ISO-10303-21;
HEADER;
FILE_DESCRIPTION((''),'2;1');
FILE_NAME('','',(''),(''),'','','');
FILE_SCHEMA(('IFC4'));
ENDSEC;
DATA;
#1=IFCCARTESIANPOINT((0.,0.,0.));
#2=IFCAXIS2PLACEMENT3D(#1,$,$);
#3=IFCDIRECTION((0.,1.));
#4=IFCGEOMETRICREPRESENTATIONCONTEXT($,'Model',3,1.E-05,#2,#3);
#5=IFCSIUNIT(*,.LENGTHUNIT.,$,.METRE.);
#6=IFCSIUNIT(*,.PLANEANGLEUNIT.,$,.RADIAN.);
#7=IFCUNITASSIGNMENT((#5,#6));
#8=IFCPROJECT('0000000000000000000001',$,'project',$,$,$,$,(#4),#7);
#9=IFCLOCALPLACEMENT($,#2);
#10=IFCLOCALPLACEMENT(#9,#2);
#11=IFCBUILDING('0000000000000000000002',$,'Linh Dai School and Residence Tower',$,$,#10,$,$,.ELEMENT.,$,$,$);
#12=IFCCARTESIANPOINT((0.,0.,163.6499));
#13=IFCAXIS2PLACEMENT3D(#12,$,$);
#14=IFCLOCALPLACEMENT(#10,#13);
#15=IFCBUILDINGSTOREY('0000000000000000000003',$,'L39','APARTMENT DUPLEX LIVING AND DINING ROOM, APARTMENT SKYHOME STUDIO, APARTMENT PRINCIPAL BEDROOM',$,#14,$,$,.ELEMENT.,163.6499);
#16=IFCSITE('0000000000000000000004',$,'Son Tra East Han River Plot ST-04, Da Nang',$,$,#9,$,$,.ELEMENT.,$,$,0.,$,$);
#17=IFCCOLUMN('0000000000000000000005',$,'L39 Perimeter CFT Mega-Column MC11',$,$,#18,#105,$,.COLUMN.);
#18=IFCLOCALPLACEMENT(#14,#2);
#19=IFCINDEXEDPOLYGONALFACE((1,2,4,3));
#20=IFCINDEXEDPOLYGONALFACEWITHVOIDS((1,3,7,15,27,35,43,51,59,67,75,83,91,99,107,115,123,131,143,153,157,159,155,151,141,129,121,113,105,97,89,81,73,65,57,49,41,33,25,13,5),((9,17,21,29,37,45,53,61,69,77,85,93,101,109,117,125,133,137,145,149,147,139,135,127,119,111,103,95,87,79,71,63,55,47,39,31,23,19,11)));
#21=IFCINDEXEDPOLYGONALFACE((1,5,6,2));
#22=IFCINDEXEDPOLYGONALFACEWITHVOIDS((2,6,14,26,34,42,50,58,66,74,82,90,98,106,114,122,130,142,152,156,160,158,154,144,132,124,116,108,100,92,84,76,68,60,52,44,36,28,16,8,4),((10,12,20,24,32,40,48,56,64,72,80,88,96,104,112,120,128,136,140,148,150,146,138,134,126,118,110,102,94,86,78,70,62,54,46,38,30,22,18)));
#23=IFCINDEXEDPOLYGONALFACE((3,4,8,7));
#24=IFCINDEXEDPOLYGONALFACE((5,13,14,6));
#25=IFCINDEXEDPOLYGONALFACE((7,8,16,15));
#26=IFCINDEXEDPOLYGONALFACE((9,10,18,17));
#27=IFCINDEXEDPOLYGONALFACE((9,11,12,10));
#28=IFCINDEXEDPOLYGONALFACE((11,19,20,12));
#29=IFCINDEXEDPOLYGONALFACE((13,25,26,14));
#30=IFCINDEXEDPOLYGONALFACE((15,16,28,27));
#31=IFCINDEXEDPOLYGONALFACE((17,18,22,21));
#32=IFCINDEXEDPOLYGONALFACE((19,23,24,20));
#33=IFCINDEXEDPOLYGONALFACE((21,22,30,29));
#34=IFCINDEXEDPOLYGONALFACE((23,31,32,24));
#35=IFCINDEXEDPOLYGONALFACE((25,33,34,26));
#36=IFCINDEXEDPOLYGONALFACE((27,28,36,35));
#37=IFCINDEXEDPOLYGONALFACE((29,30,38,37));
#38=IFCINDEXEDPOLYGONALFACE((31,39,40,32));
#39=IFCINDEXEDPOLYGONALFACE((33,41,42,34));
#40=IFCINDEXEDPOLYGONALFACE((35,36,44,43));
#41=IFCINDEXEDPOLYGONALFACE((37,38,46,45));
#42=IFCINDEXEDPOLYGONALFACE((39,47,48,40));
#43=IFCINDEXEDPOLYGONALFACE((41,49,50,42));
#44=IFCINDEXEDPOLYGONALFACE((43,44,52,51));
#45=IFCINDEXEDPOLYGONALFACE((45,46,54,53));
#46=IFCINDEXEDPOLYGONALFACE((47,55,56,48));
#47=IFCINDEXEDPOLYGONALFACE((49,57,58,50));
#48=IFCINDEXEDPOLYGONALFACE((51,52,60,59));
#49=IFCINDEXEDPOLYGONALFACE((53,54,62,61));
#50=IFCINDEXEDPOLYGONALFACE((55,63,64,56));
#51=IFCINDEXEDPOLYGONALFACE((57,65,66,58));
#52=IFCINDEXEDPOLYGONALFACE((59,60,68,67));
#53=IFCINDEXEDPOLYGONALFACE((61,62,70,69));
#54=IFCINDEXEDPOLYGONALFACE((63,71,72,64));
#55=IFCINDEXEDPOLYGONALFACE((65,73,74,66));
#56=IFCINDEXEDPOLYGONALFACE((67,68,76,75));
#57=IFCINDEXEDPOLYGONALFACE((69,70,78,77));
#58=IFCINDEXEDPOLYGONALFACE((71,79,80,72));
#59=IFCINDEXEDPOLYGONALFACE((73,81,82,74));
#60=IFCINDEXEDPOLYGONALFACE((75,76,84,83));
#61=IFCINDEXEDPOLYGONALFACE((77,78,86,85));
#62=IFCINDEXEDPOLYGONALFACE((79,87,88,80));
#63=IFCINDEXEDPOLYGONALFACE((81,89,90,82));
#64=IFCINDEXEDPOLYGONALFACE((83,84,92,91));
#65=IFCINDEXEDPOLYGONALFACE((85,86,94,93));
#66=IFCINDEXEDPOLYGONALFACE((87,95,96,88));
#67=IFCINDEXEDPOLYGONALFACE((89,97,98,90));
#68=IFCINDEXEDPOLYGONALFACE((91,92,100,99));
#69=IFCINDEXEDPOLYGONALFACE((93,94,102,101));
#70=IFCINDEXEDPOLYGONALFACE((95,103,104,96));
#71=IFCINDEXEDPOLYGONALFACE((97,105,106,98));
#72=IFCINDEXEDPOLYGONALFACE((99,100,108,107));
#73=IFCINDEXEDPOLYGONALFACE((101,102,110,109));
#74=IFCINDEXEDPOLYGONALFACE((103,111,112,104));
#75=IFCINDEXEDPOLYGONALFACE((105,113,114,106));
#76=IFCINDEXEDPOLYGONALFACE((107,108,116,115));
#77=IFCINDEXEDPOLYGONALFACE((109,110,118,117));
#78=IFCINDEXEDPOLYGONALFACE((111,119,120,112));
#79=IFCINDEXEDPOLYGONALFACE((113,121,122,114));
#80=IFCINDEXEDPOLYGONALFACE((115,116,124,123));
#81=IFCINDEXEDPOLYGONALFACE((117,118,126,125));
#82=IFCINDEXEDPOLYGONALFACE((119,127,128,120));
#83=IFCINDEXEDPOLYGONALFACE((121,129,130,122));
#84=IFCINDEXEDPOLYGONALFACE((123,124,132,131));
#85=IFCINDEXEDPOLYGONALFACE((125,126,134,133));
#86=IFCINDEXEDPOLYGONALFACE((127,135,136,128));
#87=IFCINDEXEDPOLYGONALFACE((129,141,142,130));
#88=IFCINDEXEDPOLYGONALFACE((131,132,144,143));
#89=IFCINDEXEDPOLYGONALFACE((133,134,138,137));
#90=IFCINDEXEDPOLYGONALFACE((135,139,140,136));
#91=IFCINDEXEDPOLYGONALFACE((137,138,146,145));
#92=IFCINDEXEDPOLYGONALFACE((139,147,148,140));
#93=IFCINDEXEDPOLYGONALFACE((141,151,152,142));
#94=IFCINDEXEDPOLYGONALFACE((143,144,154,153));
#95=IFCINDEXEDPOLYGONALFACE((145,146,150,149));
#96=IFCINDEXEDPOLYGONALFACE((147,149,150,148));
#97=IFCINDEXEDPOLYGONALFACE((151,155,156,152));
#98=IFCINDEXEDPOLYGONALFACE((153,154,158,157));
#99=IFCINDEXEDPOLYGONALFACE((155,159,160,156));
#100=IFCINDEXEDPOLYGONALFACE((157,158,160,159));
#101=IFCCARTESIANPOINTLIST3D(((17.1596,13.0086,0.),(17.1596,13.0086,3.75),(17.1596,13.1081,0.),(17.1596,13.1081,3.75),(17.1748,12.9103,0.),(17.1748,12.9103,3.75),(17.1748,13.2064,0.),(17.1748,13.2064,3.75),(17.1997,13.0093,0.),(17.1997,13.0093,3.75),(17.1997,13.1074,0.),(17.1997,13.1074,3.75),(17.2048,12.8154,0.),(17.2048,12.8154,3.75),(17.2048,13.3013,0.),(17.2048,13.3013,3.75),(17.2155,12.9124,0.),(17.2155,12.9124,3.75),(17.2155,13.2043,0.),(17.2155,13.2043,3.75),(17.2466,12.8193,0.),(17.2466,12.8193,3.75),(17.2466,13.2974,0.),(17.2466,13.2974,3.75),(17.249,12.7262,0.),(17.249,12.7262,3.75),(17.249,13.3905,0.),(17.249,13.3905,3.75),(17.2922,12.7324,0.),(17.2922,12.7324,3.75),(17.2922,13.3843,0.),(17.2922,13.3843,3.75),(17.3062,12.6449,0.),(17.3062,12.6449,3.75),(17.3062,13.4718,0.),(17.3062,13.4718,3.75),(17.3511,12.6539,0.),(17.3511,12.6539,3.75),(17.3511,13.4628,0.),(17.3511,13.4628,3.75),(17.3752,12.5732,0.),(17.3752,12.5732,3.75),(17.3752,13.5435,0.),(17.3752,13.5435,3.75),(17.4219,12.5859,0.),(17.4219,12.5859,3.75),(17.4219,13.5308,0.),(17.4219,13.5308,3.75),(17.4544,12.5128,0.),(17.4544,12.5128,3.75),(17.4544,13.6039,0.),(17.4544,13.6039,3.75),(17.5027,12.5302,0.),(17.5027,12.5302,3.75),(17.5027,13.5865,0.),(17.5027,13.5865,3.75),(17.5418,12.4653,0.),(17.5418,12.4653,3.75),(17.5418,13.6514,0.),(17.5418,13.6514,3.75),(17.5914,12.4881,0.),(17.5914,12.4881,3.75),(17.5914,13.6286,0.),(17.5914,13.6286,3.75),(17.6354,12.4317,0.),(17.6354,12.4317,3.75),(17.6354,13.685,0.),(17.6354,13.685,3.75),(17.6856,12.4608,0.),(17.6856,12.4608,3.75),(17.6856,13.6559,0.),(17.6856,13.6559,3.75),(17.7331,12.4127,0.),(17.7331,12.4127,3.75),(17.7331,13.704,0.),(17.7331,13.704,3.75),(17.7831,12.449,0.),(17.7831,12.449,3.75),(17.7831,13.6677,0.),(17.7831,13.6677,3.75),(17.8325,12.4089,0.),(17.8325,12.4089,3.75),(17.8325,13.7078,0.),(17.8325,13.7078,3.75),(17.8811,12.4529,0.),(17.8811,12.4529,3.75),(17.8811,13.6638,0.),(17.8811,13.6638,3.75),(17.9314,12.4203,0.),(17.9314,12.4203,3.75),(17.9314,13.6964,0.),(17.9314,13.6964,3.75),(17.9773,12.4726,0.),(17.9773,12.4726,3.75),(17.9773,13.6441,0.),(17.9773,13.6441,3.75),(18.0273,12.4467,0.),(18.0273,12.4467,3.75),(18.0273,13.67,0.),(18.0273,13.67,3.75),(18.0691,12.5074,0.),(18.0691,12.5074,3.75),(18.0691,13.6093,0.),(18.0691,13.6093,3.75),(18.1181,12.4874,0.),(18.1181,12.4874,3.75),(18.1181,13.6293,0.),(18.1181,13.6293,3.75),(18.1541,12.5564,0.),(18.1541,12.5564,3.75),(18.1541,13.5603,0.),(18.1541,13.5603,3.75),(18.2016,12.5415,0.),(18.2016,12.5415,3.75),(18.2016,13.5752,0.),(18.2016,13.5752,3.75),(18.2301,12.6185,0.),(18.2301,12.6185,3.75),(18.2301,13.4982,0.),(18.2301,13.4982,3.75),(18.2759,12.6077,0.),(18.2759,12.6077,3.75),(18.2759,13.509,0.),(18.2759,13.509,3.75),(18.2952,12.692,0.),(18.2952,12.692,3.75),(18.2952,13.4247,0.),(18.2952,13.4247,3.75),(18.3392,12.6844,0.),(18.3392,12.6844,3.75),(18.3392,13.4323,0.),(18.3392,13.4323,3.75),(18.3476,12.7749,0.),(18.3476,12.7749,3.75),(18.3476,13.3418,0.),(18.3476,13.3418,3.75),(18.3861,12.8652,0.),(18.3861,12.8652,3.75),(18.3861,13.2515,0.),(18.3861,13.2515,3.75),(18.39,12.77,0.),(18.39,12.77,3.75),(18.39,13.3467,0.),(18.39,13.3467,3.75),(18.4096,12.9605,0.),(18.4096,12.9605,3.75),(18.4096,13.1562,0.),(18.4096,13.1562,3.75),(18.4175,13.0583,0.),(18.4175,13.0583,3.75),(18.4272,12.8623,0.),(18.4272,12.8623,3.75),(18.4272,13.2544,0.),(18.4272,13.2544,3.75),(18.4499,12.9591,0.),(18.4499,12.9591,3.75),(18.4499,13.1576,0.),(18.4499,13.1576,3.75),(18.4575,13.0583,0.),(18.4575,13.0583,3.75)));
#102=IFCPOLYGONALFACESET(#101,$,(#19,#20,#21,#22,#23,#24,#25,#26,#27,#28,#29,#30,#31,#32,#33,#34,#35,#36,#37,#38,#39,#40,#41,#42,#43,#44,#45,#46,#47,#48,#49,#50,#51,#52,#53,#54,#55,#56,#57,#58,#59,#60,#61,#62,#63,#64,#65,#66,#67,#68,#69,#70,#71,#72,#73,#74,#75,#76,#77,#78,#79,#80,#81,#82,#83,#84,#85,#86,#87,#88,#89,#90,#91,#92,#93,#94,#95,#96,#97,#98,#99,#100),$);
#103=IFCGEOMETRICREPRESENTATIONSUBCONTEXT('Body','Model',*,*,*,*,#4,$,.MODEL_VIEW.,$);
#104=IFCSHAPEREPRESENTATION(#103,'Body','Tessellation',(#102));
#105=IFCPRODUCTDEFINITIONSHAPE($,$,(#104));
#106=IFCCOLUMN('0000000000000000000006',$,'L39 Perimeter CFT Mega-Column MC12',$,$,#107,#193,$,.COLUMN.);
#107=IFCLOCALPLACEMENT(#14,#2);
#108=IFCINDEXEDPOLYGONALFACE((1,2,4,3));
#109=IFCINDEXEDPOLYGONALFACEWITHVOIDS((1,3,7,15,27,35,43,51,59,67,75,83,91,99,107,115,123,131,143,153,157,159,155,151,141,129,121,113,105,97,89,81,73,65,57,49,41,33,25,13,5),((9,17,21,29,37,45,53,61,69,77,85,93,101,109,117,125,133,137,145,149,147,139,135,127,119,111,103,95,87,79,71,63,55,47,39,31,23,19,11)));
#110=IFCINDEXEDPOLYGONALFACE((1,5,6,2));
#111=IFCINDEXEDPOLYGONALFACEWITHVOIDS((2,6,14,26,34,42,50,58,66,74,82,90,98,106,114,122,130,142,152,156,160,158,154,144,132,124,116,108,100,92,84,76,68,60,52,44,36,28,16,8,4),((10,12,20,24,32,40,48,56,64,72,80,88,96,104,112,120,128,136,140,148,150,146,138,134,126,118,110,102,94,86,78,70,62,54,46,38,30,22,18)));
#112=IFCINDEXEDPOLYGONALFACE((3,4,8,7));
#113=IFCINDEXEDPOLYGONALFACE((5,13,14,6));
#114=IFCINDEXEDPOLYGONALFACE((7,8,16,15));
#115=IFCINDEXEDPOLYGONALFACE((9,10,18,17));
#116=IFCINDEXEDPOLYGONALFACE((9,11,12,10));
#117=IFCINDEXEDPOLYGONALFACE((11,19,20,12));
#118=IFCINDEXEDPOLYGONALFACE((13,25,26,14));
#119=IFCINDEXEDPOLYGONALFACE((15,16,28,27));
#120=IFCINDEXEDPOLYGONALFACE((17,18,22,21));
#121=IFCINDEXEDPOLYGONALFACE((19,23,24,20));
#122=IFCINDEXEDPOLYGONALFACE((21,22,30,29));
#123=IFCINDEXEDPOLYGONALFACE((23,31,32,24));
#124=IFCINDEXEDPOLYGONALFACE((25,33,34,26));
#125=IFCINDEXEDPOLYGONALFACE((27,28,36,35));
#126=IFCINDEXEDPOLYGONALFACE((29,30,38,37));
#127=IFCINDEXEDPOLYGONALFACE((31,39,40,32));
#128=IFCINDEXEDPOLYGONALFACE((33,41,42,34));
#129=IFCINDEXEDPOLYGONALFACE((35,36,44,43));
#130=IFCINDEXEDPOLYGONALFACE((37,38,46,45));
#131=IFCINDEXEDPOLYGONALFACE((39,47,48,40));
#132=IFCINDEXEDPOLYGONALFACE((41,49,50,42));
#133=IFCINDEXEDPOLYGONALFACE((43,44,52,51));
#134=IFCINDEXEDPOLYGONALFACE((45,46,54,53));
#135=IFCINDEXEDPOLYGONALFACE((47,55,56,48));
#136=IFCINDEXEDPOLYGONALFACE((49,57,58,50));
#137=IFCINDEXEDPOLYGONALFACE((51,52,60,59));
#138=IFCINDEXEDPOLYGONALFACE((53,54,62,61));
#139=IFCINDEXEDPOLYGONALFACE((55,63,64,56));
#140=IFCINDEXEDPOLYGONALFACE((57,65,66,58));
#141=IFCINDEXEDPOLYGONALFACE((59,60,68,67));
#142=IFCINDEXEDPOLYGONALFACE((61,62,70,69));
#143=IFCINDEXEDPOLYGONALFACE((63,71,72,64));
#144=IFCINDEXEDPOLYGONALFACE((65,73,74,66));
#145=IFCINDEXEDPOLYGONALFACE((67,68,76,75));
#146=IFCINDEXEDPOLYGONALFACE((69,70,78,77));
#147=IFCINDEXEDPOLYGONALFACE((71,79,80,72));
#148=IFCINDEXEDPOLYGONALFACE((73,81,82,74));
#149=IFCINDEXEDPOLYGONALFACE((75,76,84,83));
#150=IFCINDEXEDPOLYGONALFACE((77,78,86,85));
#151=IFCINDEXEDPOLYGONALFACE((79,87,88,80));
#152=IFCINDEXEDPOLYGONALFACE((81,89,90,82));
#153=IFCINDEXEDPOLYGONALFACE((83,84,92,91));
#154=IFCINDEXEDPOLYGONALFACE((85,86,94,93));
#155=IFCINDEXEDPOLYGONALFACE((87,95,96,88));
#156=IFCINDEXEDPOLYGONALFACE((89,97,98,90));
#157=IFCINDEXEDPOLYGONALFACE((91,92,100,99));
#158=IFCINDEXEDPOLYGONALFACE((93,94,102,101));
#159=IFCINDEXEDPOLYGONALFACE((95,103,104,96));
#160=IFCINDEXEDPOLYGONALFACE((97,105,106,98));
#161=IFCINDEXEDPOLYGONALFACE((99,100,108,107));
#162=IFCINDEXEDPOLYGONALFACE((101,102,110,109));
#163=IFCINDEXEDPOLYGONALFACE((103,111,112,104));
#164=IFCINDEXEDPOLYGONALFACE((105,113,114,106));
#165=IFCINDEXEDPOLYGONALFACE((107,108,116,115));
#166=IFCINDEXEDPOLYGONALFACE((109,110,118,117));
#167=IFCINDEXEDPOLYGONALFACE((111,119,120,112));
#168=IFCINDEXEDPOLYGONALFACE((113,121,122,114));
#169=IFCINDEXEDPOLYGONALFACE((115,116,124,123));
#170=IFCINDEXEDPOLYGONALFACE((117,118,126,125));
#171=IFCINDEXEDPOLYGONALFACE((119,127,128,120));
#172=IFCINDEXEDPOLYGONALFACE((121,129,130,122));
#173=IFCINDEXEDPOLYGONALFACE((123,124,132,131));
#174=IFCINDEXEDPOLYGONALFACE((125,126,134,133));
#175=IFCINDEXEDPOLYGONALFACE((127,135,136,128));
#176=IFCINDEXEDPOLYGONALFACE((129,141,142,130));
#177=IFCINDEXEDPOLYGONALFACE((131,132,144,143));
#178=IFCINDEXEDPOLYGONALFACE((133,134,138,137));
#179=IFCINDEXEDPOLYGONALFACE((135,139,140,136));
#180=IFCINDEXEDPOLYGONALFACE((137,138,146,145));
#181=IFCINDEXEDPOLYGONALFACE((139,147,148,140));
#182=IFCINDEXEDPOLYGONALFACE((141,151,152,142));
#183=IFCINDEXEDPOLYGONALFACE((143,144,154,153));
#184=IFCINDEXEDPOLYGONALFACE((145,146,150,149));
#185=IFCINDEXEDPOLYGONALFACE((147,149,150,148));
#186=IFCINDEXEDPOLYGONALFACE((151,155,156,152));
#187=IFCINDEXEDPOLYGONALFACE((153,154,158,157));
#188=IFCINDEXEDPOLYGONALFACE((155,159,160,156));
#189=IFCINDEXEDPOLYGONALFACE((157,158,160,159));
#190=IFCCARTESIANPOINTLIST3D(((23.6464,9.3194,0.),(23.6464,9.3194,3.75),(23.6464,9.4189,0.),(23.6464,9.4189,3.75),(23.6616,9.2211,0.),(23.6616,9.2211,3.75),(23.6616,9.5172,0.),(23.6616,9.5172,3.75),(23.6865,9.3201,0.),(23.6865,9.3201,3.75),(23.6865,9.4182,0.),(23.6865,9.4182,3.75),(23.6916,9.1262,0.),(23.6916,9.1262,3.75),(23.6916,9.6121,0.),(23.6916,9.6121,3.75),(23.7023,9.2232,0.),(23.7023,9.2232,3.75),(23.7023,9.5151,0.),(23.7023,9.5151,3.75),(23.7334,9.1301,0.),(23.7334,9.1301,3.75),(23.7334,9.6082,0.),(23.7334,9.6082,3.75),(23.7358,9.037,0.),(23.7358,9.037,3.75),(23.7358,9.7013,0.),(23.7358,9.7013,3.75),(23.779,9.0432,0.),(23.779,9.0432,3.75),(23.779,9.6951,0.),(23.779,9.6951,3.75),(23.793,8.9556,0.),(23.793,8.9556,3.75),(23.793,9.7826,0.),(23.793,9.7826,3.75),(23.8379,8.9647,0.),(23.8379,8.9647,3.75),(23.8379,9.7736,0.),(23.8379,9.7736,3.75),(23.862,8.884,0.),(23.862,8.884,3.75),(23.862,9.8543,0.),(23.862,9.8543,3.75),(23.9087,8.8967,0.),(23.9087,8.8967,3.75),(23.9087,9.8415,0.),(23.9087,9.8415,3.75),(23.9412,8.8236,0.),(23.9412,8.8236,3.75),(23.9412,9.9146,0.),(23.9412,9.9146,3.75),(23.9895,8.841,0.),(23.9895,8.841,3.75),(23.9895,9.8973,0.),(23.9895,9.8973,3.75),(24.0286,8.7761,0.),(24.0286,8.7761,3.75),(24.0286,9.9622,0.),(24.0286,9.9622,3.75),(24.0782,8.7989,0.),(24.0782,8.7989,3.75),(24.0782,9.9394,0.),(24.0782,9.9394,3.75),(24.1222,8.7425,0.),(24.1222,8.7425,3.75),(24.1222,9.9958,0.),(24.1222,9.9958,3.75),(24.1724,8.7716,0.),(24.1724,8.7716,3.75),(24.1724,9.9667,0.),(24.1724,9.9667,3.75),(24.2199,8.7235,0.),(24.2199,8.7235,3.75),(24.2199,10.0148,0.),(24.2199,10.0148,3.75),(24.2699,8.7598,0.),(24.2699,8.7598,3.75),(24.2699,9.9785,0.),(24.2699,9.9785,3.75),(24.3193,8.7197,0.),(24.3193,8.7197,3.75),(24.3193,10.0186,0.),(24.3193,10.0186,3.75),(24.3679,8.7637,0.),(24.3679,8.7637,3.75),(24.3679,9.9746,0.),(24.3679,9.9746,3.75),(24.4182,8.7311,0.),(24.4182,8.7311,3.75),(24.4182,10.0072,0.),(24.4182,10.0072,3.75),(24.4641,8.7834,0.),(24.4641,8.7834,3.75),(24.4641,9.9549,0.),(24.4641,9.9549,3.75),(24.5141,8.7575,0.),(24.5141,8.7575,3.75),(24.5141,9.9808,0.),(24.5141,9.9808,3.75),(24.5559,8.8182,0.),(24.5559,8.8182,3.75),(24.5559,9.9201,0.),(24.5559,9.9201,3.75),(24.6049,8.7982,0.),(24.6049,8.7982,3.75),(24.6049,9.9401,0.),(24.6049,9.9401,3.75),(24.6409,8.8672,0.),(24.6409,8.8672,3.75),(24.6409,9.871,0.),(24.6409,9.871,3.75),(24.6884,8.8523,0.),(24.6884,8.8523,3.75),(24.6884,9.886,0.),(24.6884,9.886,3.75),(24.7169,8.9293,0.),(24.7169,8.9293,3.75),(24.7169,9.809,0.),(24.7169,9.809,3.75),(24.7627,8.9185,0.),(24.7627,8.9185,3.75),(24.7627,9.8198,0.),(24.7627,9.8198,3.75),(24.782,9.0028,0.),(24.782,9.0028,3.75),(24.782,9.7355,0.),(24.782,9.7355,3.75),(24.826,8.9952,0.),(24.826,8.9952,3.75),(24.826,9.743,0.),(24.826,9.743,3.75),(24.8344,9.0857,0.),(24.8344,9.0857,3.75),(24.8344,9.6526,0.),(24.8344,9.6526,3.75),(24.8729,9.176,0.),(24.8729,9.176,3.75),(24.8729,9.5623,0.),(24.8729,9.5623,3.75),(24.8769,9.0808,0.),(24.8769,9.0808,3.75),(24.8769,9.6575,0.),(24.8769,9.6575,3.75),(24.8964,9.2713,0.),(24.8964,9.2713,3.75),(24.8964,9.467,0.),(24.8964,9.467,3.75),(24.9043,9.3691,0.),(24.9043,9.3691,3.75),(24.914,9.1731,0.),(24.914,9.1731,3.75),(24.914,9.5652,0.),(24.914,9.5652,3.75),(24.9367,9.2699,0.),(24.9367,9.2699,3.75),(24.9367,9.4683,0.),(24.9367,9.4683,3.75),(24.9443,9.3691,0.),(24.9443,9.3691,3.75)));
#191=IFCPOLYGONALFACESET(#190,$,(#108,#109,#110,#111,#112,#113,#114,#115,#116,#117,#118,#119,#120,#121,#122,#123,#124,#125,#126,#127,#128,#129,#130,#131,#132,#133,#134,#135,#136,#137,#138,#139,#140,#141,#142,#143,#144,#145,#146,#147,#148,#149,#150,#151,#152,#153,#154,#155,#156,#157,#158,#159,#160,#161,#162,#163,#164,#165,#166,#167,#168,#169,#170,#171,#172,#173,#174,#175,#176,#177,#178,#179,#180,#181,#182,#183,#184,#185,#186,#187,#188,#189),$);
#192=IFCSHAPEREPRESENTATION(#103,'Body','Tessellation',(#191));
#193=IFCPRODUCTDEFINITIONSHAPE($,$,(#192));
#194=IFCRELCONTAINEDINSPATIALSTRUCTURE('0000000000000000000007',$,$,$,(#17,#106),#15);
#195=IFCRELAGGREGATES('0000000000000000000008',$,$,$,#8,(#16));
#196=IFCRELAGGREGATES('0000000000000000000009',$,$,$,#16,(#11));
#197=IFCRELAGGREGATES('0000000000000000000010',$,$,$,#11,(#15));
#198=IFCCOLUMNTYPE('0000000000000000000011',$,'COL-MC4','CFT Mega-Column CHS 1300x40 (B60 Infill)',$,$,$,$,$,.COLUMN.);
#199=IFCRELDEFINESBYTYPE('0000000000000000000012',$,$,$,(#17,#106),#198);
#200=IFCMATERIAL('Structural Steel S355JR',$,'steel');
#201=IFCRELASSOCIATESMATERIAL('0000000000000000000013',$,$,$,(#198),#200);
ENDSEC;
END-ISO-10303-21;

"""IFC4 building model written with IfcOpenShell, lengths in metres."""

from ifc_helpers import new_model, si_unit, direction, frame, origin, origin_2d, place, context, subcontext, project, spatial, hollow_circle, extrude, material, material_profile, profile_set, type_object, element, save


model = new_model("IFC4")

# Units and contexts
model_context = context("Model", 3, precision=1e-05, world=origin(), true_north=direction((0.0, 1.0)))
body_context = subcontext(model_context, "Body", "Model", "MODEL_VIEW")
ifc_project = project(units=[si_unit("LENGTHUNIT", "METRE"), si_unit("PLANEANGLEUNIT", "RADIAN")], contexts=[model_context])

# Site, building, storey
site_placement = place(None, origin())
site = spatial("IfcSite", under=ifc_project, at=site_placement, Name="Son Tra East Han River Plot ST-04, Da Nang", CompositionType="ELEMENT", RefElevation=0.0)
building_placement = place(site_placement, origin())
building = spatial("IfcBuilding", under=site, at=building_placement, Name="Linh Dai School and Residence Tower", CompositionType="ELEMENT")
storey_placement = place(building_placement, frame((0.0, 0.0, 163.6499)))
storey = spatial("IfcBuildingStorey", under=building, at=storey_placement, Name="L39", Description="APARTMENT DUPLEX LIVING AND DINING ROOM, APARTMENT SKYHOME STUDIO, APARTMENT PRINCIPAL BEDROOM", CompositionType="ELEMENT", Elevation=163.6499)

# Columns
ifc_material_1 = material(Name="Structural Steel S355JR", Category="steel")
ifc_material_profile_1 = material_profile(ifc_material_1, hollow_circle(Radius=0.6499, WallThickness=0.04, at=origin_2d()), Name="CHS 1300x40")
ifc_profile_set_1 = profile_set([ifc_material_profile_1], Name="Structural Steel S355JR")
column_type = type_object("IfcColumnType", Name="COL-MC4", Description="CFT Mega-Column CHS 1300x40 (B60 Infill)", PredefinedType="COLUMN", material=ifc_profile_set_1)
for number, where, z_axis, x_axis, name in (
    (1, (17.8076, 13.0583, 0.0), (0.0, 0.0, 1.0), (1.0, 0.0, 0.0), "L39 Perimeter CFT Mega-Column MC11"),
    (2, (24.2944, 9.3691, 0.0), (0.0, 0.0, 1.0), (1.0, 0.0, 0.0), "L39 Perimeter CFT Mega-Column MC12"),
):
    element("IfcColumn", number, at=place(storey_placement, frame(where, z_axis=z_axis, x_axis=x_axis)), inside=storey, type_object=column_type, Name=name, PredefinedType="COLUMN", context=body_context, shape_type="SweptSolid", body=[
        extrude(hollow_circle(Radius=0.6499, WallThickness=0.04, at=origin_2d()), origin(), (0.0, 0.0, 1.0), 3.75),
    ])

save(model, "model.ifc")
